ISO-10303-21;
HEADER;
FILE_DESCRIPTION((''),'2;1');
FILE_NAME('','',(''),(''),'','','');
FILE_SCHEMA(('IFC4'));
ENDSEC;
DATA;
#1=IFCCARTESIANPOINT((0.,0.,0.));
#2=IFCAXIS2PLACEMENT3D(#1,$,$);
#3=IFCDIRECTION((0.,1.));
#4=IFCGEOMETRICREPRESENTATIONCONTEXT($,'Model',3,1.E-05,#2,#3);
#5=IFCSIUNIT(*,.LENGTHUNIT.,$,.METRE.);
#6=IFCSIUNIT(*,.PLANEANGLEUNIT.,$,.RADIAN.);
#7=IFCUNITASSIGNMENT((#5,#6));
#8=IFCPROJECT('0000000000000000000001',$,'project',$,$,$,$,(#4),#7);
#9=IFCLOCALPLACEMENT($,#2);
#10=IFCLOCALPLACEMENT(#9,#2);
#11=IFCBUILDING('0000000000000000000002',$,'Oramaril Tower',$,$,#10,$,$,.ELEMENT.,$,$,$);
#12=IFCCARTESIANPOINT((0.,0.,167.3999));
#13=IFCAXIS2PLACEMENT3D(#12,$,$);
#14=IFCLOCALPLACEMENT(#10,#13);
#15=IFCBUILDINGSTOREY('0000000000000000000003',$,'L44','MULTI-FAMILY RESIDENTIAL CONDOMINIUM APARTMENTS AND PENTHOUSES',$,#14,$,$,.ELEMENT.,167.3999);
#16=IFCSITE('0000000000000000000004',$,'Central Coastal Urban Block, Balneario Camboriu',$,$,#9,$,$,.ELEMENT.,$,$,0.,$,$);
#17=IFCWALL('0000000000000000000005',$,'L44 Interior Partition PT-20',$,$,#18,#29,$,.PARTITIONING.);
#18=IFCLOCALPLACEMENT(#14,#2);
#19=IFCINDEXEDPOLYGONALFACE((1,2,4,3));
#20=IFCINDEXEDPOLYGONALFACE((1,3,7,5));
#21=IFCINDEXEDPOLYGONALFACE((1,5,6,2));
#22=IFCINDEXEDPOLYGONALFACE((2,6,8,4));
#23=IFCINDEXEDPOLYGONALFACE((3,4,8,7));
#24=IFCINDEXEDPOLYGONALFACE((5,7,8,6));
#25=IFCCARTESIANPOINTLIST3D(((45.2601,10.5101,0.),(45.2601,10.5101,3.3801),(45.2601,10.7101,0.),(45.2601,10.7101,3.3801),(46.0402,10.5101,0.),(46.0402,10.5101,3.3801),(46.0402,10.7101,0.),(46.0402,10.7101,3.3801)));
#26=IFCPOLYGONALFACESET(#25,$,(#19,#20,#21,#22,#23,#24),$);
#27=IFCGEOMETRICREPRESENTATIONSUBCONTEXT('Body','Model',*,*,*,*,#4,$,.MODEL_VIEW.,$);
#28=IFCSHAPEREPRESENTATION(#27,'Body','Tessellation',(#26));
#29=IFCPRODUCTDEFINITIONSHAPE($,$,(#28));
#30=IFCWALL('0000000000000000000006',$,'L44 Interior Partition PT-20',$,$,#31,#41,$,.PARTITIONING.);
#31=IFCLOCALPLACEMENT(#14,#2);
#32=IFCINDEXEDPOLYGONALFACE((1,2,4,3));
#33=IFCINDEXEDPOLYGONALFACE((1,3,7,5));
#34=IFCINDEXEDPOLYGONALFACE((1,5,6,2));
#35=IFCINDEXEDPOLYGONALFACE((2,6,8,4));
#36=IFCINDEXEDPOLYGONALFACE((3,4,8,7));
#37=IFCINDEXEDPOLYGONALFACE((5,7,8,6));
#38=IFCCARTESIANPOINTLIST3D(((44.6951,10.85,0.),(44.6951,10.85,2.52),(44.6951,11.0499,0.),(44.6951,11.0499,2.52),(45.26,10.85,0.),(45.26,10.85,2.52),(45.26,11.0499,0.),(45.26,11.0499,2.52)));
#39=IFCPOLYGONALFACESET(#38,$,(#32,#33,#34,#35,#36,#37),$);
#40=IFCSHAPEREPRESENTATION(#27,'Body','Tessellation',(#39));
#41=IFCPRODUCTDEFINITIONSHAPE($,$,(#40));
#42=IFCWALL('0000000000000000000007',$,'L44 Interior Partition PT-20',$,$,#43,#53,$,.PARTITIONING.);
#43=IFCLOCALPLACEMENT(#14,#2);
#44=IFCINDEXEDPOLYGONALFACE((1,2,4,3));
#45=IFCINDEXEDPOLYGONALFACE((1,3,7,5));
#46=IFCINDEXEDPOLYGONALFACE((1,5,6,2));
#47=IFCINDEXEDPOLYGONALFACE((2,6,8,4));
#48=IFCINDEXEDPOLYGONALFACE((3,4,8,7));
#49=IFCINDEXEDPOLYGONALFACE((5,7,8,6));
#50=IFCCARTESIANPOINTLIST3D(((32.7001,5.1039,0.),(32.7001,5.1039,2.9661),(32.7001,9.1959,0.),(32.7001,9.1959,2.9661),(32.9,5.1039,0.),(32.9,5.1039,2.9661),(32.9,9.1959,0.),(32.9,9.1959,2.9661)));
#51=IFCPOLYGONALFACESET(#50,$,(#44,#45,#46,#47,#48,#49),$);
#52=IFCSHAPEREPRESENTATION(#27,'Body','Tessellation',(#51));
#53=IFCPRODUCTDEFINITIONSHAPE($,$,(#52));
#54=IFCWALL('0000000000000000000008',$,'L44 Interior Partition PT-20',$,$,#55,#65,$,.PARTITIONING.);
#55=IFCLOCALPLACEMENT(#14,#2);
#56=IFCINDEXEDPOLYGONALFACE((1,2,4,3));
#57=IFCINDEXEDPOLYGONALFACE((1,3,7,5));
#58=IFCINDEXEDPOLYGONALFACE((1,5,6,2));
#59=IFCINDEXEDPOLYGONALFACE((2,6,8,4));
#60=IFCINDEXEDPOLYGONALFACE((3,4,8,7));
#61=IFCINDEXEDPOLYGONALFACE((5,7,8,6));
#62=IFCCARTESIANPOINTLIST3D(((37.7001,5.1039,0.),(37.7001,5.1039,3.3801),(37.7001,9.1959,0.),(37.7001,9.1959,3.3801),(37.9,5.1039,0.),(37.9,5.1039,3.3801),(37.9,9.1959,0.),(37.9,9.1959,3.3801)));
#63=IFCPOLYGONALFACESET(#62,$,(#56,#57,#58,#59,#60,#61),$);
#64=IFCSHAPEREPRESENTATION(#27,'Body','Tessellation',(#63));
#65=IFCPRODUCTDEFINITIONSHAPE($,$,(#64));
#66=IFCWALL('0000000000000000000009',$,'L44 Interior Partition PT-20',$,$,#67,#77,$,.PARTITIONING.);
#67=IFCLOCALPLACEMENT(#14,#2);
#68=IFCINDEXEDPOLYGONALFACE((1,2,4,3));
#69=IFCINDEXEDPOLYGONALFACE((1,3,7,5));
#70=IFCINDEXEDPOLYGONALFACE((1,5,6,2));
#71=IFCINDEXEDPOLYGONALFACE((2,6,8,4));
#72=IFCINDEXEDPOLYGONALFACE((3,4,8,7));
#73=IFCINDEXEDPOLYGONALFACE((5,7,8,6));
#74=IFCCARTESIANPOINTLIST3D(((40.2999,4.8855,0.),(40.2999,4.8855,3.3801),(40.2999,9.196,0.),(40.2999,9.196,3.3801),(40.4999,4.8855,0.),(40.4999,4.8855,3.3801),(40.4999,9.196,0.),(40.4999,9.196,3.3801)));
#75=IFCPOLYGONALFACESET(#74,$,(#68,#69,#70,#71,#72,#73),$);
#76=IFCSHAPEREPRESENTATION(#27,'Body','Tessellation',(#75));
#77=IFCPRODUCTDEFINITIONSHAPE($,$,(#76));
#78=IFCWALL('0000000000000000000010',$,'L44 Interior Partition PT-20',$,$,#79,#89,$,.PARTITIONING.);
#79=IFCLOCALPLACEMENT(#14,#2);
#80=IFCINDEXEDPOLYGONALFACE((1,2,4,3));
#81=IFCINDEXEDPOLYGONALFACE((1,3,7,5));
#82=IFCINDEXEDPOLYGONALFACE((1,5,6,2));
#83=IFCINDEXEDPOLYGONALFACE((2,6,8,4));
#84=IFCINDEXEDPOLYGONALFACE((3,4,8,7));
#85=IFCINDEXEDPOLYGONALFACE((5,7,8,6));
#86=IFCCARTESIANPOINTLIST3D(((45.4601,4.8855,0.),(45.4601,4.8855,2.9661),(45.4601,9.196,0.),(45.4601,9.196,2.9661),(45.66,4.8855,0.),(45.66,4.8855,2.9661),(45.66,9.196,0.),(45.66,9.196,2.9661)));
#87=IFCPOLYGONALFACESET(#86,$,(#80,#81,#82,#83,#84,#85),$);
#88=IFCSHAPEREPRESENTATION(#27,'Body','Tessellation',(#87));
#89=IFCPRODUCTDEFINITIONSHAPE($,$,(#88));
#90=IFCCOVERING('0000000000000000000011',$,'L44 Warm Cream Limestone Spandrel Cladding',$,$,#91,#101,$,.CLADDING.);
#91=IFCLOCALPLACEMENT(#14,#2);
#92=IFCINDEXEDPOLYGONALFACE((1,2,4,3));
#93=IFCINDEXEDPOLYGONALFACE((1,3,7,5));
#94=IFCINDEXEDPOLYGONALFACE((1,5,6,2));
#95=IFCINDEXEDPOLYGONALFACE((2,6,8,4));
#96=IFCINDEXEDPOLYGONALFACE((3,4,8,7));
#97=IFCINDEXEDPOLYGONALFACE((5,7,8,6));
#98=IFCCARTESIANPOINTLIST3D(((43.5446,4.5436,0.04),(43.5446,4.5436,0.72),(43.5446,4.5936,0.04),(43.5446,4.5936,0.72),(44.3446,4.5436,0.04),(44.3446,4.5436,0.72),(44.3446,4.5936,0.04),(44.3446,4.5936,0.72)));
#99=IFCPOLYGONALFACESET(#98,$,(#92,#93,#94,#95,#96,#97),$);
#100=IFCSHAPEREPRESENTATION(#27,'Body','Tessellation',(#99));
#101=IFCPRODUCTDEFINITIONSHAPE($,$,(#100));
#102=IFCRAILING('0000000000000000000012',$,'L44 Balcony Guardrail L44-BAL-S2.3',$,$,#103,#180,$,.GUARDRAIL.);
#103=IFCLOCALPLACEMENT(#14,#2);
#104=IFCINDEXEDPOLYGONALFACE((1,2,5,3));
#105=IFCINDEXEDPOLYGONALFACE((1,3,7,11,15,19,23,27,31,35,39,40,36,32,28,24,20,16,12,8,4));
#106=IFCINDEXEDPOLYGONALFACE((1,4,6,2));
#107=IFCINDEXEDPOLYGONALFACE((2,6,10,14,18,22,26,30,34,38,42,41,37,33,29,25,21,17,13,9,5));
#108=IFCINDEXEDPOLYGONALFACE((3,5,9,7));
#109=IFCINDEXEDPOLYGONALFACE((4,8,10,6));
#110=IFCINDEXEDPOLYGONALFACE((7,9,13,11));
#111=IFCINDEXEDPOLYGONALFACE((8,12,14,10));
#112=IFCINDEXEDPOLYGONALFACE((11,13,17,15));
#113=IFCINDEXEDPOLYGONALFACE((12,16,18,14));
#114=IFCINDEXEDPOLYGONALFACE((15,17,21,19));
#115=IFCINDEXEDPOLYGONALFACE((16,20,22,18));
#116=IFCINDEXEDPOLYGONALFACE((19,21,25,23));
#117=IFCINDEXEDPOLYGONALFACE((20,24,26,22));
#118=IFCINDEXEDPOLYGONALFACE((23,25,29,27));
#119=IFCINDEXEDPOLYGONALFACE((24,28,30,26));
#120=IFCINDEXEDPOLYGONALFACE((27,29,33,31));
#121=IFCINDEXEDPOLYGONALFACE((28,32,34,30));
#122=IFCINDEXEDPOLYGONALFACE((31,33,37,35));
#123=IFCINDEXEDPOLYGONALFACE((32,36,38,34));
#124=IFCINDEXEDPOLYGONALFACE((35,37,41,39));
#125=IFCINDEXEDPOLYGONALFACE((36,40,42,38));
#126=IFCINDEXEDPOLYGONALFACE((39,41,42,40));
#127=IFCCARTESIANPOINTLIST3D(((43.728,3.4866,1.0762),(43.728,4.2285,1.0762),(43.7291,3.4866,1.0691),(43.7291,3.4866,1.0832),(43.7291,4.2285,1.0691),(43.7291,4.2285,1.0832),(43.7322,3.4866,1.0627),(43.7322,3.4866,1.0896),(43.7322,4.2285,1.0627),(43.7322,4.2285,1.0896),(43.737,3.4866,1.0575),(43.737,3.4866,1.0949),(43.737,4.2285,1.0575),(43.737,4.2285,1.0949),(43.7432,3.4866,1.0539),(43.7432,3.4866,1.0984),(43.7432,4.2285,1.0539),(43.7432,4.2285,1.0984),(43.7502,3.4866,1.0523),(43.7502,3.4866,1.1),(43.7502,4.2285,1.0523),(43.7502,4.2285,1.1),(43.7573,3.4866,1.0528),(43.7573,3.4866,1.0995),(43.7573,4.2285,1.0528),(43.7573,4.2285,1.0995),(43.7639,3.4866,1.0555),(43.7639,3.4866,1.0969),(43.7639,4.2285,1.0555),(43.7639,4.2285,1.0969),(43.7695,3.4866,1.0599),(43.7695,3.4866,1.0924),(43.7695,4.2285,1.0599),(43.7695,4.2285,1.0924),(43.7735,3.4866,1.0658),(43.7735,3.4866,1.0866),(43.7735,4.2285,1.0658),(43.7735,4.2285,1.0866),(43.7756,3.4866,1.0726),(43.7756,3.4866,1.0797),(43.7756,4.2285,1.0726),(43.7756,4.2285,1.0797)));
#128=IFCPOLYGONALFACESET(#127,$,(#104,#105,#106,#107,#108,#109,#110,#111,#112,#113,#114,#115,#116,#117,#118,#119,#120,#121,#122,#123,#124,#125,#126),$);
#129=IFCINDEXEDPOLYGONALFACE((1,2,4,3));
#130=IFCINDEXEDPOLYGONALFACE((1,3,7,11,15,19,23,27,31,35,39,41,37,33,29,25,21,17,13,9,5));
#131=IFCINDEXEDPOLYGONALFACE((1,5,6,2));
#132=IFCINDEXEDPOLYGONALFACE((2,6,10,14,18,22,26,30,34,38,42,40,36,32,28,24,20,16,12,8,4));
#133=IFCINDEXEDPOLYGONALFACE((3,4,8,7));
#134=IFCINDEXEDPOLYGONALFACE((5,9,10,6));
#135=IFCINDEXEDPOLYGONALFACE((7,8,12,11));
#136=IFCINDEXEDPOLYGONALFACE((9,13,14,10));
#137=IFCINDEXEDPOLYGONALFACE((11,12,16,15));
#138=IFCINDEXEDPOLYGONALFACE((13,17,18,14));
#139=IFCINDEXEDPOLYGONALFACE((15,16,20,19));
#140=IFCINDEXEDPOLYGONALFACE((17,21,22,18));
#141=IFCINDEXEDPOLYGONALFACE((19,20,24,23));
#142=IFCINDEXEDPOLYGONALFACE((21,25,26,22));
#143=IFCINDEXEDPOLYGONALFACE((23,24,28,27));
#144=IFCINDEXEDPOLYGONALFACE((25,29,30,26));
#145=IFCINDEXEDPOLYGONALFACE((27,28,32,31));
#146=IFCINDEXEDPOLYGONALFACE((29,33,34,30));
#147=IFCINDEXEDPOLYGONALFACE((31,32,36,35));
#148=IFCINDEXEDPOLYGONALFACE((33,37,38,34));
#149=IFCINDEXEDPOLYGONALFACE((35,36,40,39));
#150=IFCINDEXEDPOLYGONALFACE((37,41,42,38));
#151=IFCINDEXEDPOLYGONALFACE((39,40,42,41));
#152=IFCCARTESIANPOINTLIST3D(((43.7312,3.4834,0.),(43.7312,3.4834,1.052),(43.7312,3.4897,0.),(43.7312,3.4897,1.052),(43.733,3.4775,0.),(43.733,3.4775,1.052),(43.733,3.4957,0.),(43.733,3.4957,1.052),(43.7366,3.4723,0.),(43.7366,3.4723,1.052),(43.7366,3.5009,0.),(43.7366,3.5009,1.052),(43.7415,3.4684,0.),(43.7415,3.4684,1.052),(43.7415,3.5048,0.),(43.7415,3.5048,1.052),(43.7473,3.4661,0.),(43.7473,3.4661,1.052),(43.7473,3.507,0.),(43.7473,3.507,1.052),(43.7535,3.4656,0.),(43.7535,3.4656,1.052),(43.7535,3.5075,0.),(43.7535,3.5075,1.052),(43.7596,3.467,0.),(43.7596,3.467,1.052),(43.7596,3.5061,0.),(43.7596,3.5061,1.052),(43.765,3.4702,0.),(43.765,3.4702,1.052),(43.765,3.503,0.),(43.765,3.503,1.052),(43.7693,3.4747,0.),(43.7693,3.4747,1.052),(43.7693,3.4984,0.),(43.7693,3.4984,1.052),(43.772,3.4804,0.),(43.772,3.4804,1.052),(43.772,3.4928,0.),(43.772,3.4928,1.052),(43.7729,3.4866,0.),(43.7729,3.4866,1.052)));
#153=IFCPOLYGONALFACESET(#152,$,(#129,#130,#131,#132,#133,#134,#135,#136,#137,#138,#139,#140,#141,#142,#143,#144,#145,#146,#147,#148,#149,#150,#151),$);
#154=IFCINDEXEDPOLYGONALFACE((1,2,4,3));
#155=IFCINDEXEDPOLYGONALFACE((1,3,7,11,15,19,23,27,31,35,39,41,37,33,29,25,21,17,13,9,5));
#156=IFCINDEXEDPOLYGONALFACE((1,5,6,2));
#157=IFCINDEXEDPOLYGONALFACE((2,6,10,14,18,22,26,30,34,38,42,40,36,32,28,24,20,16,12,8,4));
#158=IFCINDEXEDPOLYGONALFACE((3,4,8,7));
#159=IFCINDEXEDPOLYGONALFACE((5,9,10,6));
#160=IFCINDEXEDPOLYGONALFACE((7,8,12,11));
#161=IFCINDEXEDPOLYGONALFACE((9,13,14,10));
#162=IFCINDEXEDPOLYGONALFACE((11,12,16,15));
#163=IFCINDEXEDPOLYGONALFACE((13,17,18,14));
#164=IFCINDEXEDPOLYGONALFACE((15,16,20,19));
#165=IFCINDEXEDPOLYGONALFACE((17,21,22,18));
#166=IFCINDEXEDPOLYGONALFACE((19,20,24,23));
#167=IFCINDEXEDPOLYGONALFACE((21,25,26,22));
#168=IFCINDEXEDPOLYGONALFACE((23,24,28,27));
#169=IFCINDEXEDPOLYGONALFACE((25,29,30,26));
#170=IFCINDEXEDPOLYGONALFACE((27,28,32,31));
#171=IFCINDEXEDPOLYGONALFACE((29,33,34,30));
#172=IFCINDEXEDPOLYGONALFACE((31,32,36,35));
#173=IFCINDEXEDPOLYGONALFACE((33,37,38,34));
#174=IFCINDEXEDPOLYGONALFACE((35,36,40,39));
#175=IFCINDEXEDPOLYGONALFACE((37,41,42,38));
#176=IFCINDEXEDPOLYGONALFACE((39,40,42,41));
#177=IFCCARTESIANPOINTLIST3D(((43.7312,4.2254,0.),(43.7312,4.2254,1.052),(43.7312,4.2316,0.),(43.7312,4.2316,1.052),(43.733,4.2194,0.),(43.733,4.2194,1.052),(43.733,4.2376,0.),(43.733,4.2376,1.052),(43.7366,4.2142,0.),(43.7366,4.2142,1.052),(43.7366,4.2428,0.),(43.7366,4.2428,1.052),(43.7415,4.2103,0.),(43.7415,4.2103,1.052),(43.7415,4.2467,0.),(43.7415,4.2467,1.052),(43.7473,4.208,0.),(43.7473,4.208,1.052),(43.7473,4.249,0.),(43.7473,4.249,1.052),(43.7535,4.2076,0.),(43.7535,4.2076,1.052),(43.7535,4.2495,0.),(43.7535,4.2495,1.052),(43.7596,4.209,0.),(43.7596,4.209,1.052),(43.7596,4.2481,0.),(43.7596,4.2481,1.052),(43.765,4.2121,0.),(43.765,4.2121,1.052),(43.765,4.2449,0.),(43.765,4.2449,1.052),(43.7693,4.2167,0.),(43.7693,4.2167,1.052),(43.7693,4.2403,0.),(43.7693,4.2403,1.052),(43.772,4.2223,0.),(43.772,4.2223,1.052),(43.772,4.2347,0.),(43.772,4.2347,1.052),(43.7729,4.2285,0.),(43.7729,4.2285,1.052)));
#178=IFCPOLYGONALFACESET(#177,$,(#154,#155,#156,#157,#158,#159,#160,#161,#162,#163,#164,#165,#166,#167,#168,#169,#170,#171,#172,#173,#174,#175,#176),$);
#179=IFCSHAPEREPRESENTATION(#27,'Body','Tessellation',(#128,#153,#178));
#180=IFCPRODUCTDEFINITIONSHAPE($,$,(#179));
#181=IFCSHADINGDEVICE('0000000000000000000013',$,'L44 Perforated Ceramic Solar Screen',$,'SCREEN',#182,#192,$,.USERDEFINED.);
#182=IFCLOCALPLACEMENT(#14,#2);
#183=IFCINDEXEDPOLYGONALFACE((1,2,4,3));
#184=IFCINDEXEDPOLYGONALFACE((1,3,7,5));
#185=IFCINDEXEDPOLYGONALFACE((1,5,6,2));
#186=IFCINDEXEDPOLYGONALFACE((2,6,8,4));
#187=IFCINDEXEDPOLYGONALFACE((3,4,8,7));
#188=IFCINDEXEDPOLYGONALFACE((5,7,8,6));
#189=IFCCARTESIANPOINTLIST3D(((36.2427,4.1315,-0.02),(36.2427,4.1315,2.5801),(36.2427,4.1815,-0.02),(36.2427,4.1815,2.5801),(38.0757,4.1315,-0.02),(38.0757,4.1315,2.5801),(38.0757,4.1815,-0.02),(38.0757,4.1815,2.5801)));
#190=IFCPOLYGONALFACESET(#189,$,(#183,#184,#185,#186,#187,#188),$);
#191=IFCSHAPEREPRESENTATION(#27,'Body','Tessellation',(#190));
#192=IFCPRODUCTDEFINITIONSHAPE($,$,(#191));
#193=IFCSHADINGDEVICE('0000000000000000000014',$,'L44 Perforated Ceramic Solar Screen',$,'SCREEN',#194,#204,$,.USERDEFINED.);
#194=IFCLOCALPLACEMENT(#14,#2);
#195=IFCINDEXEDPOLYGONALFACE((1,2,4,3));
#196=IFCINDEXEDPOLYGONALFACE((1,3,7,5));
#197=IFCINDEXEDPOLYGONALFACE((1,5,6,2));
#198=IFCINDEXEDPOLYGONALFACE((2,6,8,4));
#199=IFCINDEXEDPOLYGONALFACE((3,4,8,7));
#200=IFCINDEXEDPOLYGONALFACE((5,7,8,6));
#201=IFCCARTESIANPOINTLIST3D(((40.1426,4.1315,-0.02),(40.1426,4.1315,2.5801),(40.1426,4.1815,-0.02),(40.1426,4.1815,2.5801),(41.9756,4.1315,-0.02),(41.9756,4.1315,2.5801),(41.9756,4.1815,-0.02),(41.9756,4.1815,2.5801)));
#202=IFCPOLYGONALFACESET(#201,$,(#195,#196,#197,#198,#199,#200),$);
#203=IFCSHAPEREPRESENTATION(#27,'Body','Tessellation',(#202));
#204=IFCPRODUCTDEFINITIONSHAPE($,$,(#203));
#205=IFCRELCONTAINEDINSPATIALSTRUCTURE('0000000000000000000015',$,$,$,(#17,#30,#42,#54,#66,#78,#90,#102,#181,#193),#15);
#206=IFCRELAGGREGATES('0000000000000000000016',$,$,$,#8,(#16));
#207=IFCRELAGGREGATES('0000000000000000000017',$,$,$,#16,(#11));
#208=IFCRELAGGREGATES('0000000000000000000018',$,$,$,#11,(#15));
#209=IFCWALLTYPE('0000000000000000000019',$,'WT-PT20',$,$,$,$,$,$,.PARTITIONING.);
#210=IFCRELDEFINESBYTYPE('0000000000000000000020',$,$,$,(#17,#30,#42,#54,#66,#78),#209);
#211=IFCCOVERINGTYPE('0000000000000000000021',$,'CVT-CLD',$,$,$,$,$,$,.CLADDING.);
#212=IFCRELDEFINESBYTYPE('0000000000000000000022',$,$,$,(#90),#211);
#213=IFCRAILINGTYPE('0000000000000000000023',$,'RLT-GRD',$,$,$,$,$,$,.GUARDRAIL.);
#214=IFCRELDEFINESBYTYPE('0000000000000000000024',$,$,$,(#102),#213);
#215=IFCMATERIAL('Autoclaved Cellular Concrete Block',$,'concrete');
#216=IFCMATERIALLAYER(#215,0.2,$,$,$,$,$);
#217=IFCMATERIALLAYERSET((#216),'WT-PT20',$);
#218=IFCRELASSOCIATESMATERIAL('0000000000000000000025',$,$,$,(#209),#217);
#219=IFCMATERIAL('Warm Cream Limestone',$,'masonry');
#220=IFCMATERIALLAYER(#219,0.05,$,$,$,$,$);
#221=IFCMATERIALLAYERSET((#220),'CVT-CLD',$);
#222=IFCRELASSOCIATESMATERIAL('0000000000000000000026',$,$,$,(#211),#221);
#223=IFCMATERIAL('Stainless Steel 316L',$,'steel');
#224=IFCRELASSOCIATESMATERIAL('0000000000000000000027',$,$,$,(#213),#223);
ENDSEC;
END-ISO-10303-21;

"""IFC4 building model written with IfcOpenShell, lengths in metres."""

from ifc_helpers import new_model, si_unit, direction, frame, frame_2d, origin, origin_2d, place, context, subcontext, project, spatial, rectangle, circle, extrude, material, layer, layer_set, type_object, element, save


model = new_model("IFC4")

# Units and contexts
model_context = context("Model", 3, precision=1e-05, world=origin(), true_north=direction((0.0, 1.0)))
body_context = subcontext(model_context, "Body", "Model", "MODEL_VIEW")
ifc_project = project(units=[si_unit("LENGTHUNIT", "METRE"), si_unit("PLANEANGLEUNIT", "RADIAN")], contexts=[model_context])

# Site, building, storey
site_placement = place(None, origin())
site = spatial("IfcSite", under=ifc_project, at=site_placement, Name="Central Coastal Urban Block, Balneario Camboriu", CompositionType="ELEMENT", RefElevation=0.0)
building_placement = place(site_placement, origin())
building = spatial("IfcBuilding", under=site, at=building_placement, Name="Oramaril Tower", CompositionType="ELEMENT")
storey_placement = place(building_placement, frame((0.0, 0.0, 167.3999)))
storey = spatial("IfcBuildingStorey", under=building, at=storey_placement, Name="L44", Description="MULTI-FAMILY RESIDENTIAL CONDOMINIUM APARTMENTS AND PENTHOUSES", CompositionType="ELEMENT", Elevation=167.3999)

# Walls
ifc_material_1 = material(Name="Autoclaved Cellular Concrete Block", Category="concrete")
ifc_layer_1 = layer(ifc_material_1, 0.2)
ifc_layer_set_1 = layer_set([ifc_layer_1], Name="WT-PT20")
wall_type_1 = type_object("IfcWallType", Name="WT-PT20", PredefinedType="PARTITIONING", material=ifc_layer_set_1)
wall_1_placement = place(storey_placement, frame((45.26, 10.6101, 0.0), z_axis=(0.0, 0.0, 1.0), x_axis=(1.0, 0.0, 0.0)))
element("IfcWall", 1, at=wall_1_placement, inside=storey, type_object=wall_type_1, Name="L44 Interior Partition PT-20", PredefinedType="PARTITIONING", context=body_context, shape_type="SweptSolid", body=[
    extrude(rectangle(XDim=0.78, YDim=0.2, at=frame_2d((0.3901, 0.0))), origin(), (0.0, 0.0, 1.0), 3.3801),
])
wall_2_placement = place(storey_placement, frame((44.6951, 10.95, 0.0), z_axis=(0.0, 0.0, 1.0), x_axis=(1.0, 0.0, 0.0)))
element("IfcWall", 2, at=wall_2_placement, inside=storey, type_object=wall_type_1, Name="L44 Interior Partition PT-20", PredefinedType="PARTITIONING", context=body_context, shape_type="SweptSolid", body=[
    extrude(rectangle(XDim=0.5649, YDim=0.2, at=frame_2d((0.2825, 0.0))), origin(), (0.0, 0.0, 1.0), 2.52),
])
wall_3_placement = place(storey_placement, frame((32.8, 5.104, 0.0), z_axis=(0.0, 0.0, 1.0), x_axis=(0.0, 1.0, 0.0)))
element("IfcWall", 3, at=wall_3_placement, inside=storey, type_object=wall_type_1, Name="L44 Interior Partition PT-20", PredefinedType="PARTITIONING", context=body_context, shape_type="SweptSolid", body=[
    extrude(rectangle(XDim=4.092, YDim=0.2, at=frame_2d((2.0459, 0.0))), origin(), (0.0, 0.0, 1.0), 2.9661),
])
wall_4_placement = place(storey_placement, frame((37.8, 5.104, 0.0), z_axis=(0.0, 0.0, 1.0), x_axis=(0.0, 1.0, 0.0)))
element("IfcWall", 4, at=wall_4_placement, inside=storey, type_object=wall_type_1, Name="L44 Interior Partition PT-20", PredefinedType="PARTITIONING", context=body_context, shape_type="SweptSolid", body=[
    extrude(rectangle(XDim=4.092, YDim=0.2, at=frame_2d((2.0459, 0.0))), origin(), (0.0, 0.0, 1.0), 3.3801),
])
wall_5_placement = place(storey_placement, frame((40.3999, 4.8855, 0.0), z_axis=(0.0, 0.0, 1.0), x_axis=(0.0, 1.0, 0.0)))
element("IfcWall", 5, at=wall_5_placement, inside=storey, type_object=wall_type_1, Name="L44 Interior Partition PT-20", PredefinedType="PARTITIONING", context=body_context, shape_type="SweptSolid", body=[
    extrude(rectangle(XDim=4.3105, YDim=0.2, at=frame_2d((2.1553, 0.0))), origin(), (0.0, 0.0, 1.0), 3.3801),
])
wall_6_placement = place(storey_placement, frame((45.5601, 4.8855, 0.0), z_axis=(0.0, 0.0, 1.0), x_axis=(0.0, 1.0, 0.0)))
element("IfcWall", 6, at=wall_6_placement, inside=storey, type_object=wall_type_1, Name="L44 Interior Partition PT-20", PredefinedType="PARTITIONING", context=body_context, shape_type="SweptSolid", body=[
    extrude(rectangle(XDim=4.3105, YDim=0.2, at=frame_2d((2.1553, 0.0))), origin(), (0.0, 0.0, 1.0), 2.9661),
])

# Covering
ifc_material_2 = material(Name="Warm Cream Limestone", Category="masonry")
ifc_layer_2 = layer(ifc_material_2, 0.05)
ifc_layer_set_2 = layer_set([ifc_layer_2], Name="CVT-CLD")
covering_type = type_object("IfcCoveringType", Name="CVT-CLD", PredefinedType="CLADDING", material=ifc_layer_set_2)
covering_placement = place(storey_placement, frame((43.9446, 4.5686, 0.04), z_axis=(0.0, 0.0, 1.0), x_axis=(1.0, 0.0, 0.0)))
element("IfcCovering", 7, at=covering_placement, inside=storey, type_object=covering_type, Name="L44 Warm Cream Limestone Spandrel Cladding", PredefinedType="CLADDING", context=body_context, shape_type="SweptSolid", body=[
    extrude(rectangle(XDim=0.8, YDim=0.05, at=origin_2d()), origin(), (0.0, 0.0, 1.0), 0.6799),
])

# Railing
ifc_material_3 = material(Name="Stainless Steel 316L", Category="steel")
railing_type = type_object("IfcRailingType", Name="RLT-GRD", PredefinedType="GUARDRAIL", material=ifc_material_3)
railing_placement = place(storey_placement, frame((43.752, 3.4866, 0.0)))
element("IfcRailing", 8, at=railing_placement, inside=storey, type_object=railing_type, Name="L44 Balcony Guardrail L44-BAL-S2.3", PredefinedType="GUARDRAIL", context=body_context, shape_type="SweptSolid", body=[
    extrude(circle(Radius=0.0239, at=origin_2d()), frame((0.0, 0.0, 1.0762), z_axis=(0.0, 1.0, 0.0), x_axis=(-1.0, 0.0, 0.0)), (0.0, 0.0, 1.0), 0.7419),
    extrude(circle(Radius=0.021, at=origin_2d()), origin(), (0.0, 0.0, 1.0), 1.052),
    extrude(circle(Radius=0.021, at=origin_2d()), frame((0.0, 0.7419, 0.0)), (0.0, 0.0, 1.0), 1.052),
])

# Shading devices
for number, where, z_axis, x_axis, name in (
    (9, (37.1592, 4.1565, -0.02), (0.0, 0.0, 1.0), (1.0, 0.0, 0.0), "L44 Perforated Ceramic Solar Screen"),
    (10, (41.0591, 4.1565, -0.02), (0.0, 0.0, 1.0), (1.0, 0.0, 0.0), "L44 Perforated Ceramic Solar Screen"),
):
    element("IfcShadingDevice", number, at=place(storey_placement, frame(where, z_axis=z_axis, x_axis=x_axis)), inside=storey, Name=name, ObjectType="SCREEN", PredefinedType="USERDEFINED", context=body_context, shape_type="SweptSolid", body=[
        extrude(rectangle(XDim=1.833, YDim=0.05, at=origin_2d()), origin(), (0.0, 0.0, 1.0), 2.6001),
    ])

save(model, "model.ifc")
